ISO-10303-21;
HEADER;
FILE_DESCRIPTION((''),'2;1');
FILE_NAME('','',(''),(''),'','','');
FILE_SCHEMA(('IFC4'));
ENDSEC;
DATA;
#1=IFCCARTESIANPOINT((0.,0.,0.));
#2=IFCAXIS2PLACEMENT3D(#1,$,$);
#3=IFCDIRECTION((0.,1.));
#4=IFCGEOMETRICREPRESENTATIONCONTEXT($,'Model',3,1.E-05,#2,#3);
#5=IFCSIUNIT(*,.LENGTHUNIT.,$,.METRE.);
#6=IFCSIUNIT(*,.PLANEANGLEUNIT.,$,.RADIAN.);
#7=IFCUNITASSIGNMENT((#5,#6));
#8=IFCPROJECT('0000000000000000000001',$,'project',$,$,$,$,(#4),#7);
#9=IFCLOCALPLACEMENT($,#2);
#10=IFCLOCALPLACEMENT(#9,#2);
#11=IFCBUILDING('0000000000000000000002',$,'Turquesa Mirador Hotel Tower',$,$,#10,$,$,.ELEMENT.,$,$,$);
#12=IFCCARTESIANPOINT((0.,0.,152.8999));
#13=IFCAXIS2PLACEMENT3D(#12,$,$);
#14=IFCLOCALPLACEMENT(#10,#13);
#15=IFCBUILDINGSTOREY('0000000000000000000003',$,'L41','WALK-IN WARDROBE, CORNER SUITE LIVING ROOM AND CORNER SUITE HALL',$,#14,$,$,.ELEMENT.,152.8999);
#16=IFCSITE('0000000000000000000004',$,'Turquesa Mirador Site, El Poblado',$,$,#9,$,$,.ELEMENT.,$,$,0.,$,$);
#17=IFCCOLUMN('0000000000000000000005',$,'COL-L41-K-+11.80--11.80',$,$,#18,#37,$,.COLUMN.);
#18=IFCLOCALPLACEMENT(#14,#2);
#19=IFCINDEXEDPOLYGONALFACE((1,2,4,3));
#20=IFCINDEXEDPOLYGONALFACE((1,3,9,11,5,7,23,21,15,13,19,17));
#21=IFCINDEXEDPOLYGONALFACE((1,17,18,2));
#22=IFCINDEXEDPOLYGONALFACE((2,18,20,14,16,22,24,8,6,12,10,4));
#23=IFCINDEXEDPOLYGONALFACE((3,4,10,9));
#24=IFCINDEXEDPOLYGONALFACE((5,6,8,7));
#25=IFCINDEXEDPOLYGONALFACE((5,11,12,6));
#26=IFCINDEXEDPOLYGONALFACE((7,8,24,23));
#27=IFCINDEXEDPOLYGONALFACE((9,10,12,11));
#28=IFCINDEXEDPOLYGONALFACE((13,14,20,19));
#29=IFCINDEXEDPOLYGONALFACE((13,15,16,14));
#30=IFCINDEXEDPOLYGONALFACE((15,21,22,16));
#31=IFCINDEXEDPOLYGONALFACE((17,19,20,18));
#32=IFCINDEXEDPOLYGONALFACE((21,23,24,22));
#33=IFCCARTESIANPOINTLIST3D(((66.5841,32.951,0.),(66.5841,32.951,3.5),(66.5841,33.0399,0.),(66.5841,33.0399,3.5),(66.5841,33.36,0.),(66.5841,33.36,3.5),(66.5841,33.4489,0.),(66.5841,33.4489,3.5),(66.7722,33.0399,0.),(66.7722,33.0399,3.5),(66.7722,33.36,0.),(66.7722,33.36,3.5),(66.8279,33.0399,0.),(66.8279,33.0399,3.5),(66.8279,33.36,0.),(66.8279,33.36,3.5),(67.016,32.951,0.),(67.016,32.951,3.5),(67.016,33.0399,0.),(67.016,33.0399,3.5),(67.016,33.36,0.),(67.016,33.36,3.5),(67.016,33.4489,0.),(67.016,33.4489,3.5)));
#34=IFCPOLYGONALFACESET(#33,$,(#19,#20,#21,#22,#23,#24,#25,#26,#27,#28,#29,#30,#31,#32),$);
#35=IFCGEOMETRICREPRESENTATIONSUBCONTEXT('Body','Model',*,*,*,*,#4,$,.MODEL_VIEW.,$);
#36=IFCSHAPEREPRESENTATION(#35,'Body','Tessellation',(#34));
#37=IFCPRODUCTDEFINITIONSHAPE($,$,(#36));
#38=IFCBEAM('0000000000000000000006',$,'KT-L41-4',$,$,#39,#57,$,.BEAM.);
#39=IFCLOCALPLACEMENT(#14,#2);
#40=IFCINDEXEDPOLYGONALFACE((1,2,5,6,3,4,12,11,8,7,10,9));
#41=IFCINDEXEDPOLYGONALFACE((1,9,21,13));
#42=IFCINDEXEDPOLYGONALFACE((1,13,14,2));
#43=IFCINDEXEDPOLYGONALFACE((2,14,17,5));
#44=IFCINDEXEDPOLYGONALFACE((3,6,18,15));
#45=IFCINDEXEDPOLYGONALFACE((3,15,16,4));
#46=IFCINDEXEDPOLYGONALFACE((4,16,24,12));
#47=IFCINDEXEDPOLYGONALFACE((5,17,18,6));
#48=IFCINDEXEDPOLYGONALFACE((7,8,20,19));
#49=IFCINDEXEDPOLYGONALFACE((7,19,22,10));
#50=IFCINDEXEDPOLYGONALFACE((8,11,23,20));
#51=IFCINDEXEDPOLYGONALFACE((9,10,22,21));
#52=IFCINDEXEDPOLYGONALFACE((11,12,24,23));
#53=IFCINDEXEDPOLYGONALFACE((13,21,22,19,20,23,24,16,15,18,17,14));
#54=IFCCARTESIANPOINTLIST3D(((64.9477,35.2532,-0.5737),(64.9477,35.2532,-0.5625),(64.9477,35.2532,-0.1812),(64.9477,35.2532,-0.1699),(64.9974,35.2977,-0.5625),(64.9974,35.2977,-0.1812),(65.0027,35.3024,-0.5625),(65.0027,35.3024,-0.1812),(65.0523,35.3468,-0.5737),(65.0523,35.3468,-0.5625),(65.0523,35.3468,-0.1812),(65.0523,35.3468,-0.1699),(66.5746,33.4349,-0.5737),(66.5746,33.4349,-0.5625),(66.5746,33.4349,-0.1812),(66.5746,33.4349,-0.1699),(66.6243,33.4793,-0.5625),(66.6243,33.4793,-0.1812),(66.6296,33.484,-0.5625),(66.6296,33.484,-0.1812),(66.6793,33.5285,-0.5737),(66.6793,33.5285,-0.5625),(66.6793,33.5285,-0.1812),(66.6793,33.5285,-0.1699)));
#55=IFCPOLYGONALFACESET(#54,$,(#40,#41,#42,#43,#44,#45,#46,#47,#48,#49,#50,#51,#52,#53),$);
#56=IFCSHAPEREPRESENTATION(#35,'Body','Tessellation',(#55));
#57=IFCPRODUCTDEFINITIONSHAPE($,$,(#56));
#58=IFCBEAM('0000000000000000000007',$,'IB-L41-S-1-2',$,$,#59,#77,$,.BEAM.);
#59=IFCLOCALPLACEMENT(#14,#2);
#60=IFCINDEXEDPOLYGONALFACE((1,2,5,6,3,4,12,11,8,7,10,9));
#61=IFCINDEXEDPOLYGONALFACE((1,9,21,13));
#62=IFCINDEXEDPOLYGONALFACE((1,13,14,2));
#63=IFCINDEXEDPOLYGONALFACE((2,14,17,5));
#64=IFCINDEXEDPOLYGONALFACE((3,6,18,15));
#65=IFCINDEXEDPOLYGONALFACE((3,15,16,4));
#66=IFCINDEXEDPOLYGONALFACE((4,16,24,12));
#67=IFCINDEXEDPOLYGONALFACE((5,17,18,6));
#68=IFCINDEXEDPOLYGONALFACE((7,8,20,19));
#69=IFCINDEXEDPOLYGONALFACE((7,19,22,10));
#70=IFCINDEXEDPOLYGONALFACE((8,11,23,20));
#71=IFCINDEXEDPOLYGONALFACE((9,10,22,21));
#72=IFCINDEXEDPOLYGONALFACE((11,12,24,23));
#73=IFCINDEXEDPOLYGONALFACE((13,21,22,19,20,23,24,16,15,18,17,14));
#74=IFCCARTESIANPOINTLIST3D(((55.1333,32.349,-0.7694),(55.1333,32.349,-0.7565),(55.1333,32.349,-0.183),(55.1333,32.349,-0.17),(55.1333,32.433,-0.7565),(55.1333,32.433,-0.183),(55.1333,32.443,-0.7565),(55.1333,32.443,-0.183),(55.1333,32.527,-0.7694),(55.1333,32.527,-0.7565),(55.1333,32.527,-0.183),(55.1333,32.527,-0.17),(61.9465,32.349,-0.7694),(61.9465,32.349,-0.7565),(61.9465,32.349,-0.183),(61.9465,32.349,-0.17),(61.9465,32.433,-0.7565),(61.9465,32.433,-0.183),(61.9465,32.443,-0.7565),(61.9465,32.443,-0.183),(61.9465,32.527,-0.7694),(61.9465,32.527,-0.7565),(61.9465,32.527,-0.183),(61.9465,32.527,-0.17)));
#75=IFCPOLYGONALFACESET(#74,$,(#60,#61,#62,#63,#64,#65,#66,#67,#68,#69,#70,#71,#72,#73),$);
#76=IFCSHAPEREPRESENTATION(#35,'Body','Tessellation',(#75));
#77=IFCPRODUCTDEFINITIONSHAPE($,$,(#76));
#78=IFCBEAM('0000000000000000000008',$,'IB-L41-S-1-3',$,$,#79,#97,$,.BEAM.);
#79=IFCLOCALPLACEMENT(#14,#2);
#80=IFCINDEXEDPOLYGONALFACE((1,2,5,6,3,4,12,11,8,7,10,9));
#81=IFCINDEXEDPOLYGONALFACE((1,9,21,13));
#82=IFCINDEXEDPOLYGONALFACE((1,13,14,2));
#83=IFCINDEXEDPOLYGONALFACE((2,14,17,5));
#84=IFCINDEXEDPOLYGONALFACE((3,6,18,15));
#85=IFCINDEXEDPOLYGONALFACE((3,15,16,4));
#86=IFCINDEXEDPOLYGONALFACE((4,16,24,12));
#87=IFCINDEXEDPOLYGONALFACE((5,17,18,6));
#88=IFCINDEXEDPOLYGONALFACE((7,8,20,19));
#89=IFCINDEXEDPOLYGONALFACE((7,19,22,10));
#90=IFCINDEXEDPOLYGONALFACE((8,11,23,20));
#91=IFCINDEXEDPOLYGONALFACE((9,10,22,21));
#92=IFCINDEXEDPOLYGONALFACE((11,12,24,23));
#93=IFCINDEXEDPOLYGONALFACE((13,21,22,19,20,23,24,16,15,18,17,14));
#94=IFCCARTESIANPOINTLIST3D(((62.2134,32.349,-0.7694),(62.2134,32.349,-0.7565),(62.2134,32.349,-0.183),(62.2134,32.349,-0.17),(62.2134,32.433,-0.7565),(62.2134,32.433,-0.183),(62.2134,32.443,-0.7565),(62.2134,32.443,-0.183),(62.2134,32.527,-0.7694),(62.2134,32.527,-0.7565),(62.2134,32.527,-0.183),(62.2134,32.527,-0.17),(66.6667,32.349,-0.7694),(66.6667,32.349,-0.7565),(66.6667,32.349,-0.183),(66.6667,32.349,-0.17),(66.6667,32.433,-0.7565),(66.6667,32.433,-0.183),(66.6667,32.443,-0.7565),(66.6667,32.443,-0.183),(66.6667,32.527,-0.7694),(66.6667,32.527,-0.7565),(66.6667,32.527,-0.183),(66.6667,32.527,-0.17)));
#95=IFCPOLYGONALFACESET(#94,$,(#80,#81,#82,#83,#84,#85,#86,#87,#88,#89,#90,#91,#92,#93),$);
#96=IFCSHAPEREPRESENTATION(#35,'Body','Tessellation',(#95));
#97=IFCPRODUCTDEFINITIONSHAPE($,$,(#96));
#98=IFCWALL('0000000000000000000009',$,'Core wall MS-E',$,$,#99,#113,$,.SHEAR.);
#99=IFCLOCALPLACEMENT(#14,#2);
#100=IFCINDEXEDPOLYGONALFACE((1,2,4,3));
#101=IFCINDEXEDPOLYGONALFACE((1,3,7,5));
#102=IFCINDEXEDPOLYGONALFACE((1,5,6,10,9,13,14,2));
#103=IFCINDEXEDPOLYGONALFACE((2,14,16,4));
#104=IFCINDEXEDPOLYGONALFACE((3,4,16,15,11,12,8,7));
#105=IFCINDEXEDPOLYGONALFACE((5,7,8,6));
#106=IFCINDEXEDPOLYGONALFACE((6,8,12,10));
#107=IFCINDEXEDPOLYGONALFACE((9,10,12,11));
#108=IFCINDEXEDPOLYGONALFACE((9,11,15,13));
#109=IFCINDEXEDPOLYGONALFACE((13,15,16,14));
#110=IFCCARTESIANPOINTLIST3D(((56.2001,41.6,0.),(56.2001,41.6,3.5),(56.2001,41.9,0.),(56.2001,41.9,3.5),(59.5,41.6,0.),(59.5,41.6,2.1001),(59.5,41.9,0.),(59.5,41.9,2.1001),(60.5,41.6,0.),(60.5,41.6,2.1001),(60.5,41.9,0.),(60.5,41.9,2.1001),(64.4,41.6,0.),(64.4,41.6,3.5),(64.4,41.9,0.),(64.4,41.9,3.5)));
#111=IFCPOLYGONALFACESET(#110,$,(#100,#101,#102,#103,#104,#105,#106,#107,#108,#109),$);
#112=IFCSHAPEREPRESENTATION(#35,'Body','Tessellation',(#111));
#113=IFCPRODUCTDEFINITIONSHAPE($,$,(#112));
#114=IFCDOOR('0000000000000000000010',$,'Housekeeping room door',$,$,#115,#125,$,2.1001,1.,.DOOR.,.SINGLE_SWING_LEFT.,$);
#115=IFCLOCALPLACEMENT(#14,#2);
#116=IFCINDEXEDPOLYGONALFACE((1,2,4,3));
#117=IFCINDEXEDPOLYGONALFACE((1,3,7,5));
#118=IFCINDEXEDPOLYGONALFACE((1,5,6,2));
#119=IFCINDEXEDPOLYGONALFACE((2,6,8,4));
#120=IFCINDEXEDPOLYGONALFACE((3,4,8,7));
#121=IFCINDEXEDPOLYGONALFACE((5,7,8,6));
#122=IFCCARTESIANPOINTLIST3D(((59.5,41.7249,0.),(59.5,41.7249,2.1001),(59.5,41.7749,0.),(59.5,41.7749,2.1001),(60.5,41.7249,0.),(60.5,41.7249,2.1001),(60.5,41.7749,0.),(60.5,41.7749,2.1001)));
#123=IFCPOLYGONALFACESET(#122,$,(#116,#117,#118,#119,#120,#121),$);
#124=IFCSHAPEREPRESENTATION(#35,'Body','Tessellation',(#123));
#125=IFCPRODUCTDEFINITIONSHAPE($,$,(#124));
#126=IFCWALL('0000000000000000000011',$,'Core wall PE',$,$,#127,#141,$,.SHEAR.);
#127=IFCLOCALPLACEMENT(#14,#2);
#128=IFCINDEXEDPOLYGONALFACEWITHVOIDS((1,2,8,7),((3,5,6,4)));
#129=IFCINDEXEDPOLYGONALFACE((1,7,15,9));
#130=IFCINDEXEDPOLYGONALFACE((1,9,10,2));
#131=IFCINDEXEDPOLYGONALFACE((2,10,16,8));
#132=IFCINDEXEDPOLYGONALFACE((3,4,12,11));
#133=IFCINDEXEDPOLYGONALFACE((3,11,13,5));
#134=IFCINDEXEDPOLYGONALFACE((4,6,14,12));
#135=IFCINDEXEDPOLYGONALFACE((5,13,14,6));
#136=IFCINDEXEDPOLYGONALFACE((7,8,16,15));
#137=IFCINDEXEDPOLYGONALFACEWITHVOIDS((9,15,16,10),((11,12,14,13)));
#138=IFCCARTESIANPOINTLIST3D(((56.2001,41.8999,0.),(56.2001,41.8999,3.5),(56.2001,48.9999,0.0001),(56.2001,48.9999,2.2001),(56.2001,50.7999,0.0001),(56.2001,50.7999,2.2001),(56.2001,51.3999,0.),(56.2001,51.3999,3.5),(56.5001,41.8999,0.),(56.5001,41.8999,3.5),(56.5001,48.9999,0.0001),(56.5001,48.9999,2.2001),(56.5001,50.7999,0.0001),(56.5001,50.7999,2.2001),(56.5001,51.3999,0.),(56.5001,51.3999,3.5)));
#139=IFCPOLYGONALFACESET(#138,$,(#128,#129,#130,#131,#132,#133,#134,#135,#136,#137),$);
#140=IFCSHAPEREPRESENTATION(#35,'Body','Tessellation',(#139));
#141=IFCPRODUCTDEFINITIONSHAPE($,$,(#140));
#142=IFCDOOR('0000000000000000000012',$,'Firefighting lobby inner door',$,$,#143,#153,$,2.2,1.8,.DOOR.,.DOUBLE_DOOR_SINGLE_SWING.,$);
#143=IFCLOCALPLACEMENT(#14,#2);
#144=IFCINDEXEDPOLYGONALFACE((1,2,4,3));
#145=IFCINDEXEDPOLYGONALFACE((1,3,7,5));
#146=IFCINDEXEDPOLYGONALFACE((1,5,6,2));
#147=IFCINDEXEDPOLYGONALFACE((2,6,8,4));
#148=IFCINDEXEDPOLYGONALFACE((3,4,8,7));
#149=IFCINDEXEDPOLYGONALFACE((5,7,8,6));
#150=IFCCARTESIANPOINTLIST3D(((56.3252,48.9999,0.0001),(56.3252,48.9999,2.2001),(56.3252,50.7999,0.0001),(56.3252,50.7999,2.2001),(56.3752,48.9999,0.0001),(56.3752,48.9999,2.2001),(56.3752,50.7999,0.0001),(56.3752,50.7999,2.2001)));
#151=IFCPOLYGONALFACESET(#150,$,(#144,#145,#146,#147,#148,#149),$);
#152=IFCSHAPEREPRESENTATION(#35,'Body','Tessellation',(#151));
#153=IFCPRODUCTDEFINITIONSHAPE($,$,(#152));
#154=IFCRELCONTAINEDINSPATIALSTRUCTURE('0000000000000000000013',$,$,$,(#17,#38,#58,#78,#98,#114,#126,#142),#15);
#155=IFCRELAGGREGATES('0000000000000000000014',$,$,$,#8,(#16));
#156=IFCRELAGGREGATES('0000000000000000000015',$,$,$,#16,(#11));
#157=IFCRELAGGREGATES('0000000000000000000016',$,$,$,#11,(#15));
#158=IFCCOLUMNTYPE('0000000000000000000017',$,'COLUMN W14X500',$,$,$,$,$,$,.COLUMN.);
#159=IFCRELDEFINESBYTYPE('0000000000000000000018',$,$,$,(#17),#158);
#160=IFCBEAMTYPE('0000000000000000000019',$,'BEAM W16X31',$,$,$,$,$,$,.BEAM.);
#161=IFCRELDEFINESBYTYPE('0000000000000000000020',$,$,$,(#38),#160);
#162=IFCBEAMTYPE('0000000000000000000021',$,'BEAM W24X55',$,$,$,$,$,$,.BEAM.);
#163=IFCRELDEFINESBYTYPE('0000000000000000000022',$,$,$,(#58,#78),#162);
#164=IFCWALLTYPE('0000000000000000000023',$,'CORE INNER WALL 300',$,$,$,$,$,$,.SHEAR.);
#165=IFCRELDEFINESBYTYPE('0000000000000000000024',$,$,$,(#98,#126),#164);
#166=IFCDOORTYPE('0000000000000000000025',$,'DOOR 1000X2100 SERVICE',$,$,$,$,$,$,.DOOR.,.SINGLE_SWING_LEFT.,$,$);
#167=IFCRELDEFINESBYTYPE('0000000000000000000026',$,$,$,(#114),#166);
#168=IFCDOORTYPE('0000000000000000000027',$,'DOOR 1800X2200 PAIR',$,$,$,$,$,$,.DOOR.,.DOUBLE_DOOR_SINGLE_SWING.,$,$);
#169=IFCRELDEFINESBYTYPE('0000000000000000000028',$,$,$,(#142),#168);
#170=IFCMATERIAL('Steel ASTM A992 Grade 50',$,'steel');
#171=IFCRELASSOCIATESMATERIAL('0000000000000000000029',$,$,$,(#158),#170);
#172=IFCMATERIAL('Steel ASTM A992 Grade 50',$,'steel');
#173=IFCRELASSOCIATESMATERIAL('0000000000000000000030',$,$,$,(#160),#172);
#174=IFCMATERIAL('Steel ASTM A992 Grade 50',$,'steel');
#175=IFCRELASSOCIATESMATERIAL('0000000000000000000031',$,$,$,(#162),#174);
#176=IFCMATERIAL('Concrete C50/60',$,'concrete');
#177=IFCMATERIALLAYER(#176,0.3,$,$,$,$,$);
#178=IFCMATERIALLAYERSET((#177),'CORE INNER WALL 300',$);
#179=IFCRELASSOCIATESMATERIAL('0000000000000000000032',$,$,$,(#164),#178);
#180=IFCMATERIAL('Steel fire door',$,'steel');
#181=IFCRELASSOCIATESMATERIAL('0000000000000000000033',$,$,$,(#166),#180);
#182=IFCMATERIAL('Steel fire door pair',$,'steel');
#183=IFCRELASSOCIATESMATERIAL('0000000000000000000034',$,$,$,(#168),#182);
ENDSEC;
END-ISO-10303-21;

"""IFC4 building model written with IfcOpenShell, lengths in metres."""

from ifc_helpers import new_model, si_unit, direction, frame, frame_2d, origin, origin_2d, place, context, subcontext, project, spatial, rectangle, i_section, extrude, material, layer, layer_set, material_profile, profile_set, type_object, element, fill, save


model = new_model("IFC4")

# Units and contexts
model_context = context("Model", 3, precision=1e-05, world=origin(), true_north=direction((0.0, 1.0)))
body_context = subcontext(model_context, "Body", "Model", "MODEL_VIEW")
ifc_project = project(units=[si_unit("LENGTHUNIT", "METRE"), si_unit("PLANEANGLEUNIT", "RADIAN")], contexts=[model_context])

# Site, building, storey
site_placement = place(None, origin())
site = spatial("IfcSite", under=ifc_project, at=site_placement, Name="Turquesa Mirador Site, El Poblado", CompositionType="ELEMENT", RefElevation=0.0)
building_placement = place(site_placement, origin())
building = spatial("IfcBuilding", under=site, at=building_placement, Name="Turquesa Mirador Hotel Tower", CompositionType="ELEMENT")
storey_placement = place(building_placement, frame((0.0, 0.0, 152.8999)))
storey = spatial("IfcBuildingStorey", under=building, at=storey_placement, Name="L41", Description="WALK-IN WARDROBE, CORNER SUITE LIVING ROOM AND CORNER SUITE HALL", CompositionType="ELEMENT", Elevation=152.8999)

# Column
ifc_material_1 = material(Name="Steel ASTM A992 Grade 50", Category="steel")
ifc_material_profile_1 = material_profile(ifc_material_1, i_section(OverallWidth=0.4319, OverallDepth=0.4978, WebThickness=0.0557, FlangeThickness=0.0889, at=origin_2d()), Name="W14X500")
ifc_profile_set_1 = profile_set([ifc_material_profile_1], Name="Steel ASTM A992 Grade 50")
column_type = type_object("IfcColumnType", Name="COLUMN W14X500", PredefinedType="COLUMN", material=ifc_profile_set_1)
column_placement = place(storey_placement, frame((66.8, 33.2, 0.0), z_axis=(0.0, 0.0, 1.0), x_axis=(1.0, 0.0, 0.0)))
element("IfcColumn", 1, at=column_placement, inside=storey, type_object=column_type, Name="COL-L41-K-+11.80--11.80", PredefinedType="COLUMN", context=body_context, shape_type="SweptSolid", body=[
    extrude(i_section(OverallWidth=0.4319, OverallDepth=0.4978, WebThickness=0.0557, FlangeThickness=0.0889, at=origin_2d()), origin(), (0.0, 0.0, 1.0), 3.5),
])

# Beams
ifc_material_2 = material(Name="Steel ASTM A992 Grade 50", Category="steel")
ifc_material_profile_2 = material_profile(ifc_material_2, i_section(OverallWidth=0.1404, OverallDepth=0.4038, WebThickness=0.0071, FlangeThickness=0.0112, at=origin_2d()), Name="W16X31")
ifc_profile_set_2 = profile_set([ifc_material_profile_2], Name="Steel ASTM A992 Grade 50")
beam_type_1 = type_object("IfcBeamType", Name="BEAM W16X31", PredefinedType="BEAM", material=ifc_profile_set_2)
beam_1_placement = place(storey_placement, frame((66.627, 33.4817, -0.3718), z_axis=(-0.666795, 0.745241, 0.0), x_axis=(-0.745241, -0.666795, 0.0)))
element("IfcBeam", 2, at=beam_1_placement, inside=storey, type_object=beam_type_1, Name="KT-L41-4", PredefinedType="BEAM", context=body_context, shape_type="SweptSolid", body=[
    extrude(i_section(OverallWidth=0.1404, OverallDepth=0.4038, WebThickness=0.0071, FlangeThickness=0.0112, at=origin_2d()), origin(), (0.0, 0.0, 1.0), 2.4399),
])
ifc_material_3 = material(Name="Steel ASTM A992 Grade 50", Category="steel")
ifc_material_profile_3 = material_profile(ifc_material_3, i_section(OverallWidth=0.178, OverallDepth=0.5994, WebThickness=0.01, FlangeThickness=0.0129, at=origin_2d()), Name="W24X55")
ifc_profile_set_3 = profile_set([ifc_material_profile_3], Name="Steel ASTM A992 Grade 50")
beam_type_2 = type_object("IfcBeamType", Name="BEAM W24X55", PredefinedType="BEAM", material=ifc_profile_set_3)
beam_2_placement = place(storey_placement, frame((55.1333, 32.438, -0.4697), z_axis=(1.0, 0.0, 0.0), x_axis=(0.0, 1.0, 0.0)))
element("IfcBeam", 3, at=beam_2_placement, inside=storey, type_object=beam_type_2, Name="IB-L41-S-1-2", PredefinedType="BEAM", context=body_context, shape_type="SweptSolid", body=[
    extrude(i_section(OverallWidth=0.178, OverallDepth=0.5994, WebThickness=0.01, FlangeThickness=0.0129, at=origin_2d()), origin(), (0.0, 0.0, 1.0), 6.8132),
])
beam_3_placement = place(storey_placement, frame((62.2134, 32.438, -0.4697), z_axis=(1.0, 0.0, 0.0), x_axis=(0.0, 1.0, 0.0)))
element("IfcBeam", 4, at=beam_3_placement, inside=storey, type_object=beam_type_2, Name="IB-L41-S-1-3", PredefinedType="BEAM", context=body_context, shape_type="SweptSolid", body=[
    extrude(i_section(OverallWidth=0.178, OverallDepth=0.5994, WebThickness=0.01, FlangeThickness=0.0129, at=origin_2d()), origin(), (0.0, 0.0, 1.0), 4.4534),
])

# Walls, openings, doors
ifc_material_4 = material(Name="Concrete C50/60", Category="concrete")
ifc_layer_1 = layer(ifc_material_4, 0.3)
ifc_layer_set_1 = layer_set([ifc_layer_1], Name="CORE INNER WALL 300")
wall_type_1 = type_object("IfcWallType", Name="CORE INNER WALL 300", PredefinedType="SHEAR", material=ifc_layer_set_1)
wall_1_placement = place(storey_placement, frame((56.2, 41.75, 0.0), z_axis=(0.0, 0.0, 1.0), x_axis=(1.0, 0.0, 0.0)))
wall_1 = element("IfcWall", 5, at=wall_1_placement, inside=storey, type_object=wall_type_1, Name="Core wall MS-E", PredefinedType="SHEAR", context=body_context, shape_type="SweptSolid", body=[
    extrude(rectangle(XDim=8.2, YDim=0.3, at=frame_2d((4.1001, 0.0))), origin(), (0.0, 0.0, 1.0), 3.5),
])
opening_1_placement = place(wall_1_placement, frame((3.3, 0.0, 0.0)))
opening_1 = element("IfcOpeningElement", 6, at=opening_1_placement, cuts=wall_1, PredefinedType="OPENING", context=body_context, shape_type="SweptSolid", body=[
    extrude(rectangle(XDim=1.0, YDim=2.1001, at=frame_2d((0.5, 1.05))), frame((0.0, 0.1599, 0.0), z_axis=(0.0, -1.0, 0.0), x_axis=(1.0, 0.0, 0.0)), (0.0, 0.0, 1.0), 0.3201),
])
ifc_material_5 = material(Name="Steel fire door", Category="steel")
door_type_1 = type_object("IfcDoorType", Name="DOOR 1000X2100 SERVICE", OperationType="SINGLE_SWING_LEFT", PredefinedType="DOOR", material=ifc_material_5)
door_1_placement = place(opening_1_placement, origin())
door_1 = element("IfcDoor", 7, at=door_1_placement, inside=storey, type_object=door_type_1, Name="Housekeeping room door", OperationType="SINGLE_SWING_LEFT", OverallHeight=2.1001, OverallWidth=1.0, PredefinedType="DOOR", context=body_context, shape_type="SweptSolid", body=[
    extrude(rectangle(XDim=1.0, YDim=2.1001, at=frame_2d((0.5, 1.05))), frame((0.0, 0.0249, 0.0), z_axis=(0.0, -1.0, 0.0), x_axis=(1.0, 0.0, 0.0)), (0.0, 0.0, 1.0), 0.05),
])
fill(opening_1, door_1)
wall_2_placement = place(storey_placement, frame((56.3501, 41.8999, 0.0), z_axis=(0.0, 0.0, 1.0), x_axis=(0.0, 1.0, 0.0)))
wall_2 = element("IfcWall", 8, at=wall_2_placement, inside=storey, type_object=wall_type_1, Name="Core wall PE", PredefinedType="SHEAR", context=body_context, shape_type="SweptSolid", body=[
    extrude(rectangle(XDim=9.5, YDim=0.3, at=frame_2d((4.75, 0.0))), origin(), (0.0, 0.0, 1.0), 3.5),
])
opening_2_placement = place(wall_2_placement, frame((7.1001, 0.0, 0.0)))
opening_2 = element("IfcOpeningElement", 9, at=opening_2_placement, cuts=wall_2, PredefinedType="OPENING", context=body_context, shape_type="SweptSolid", body=[
    extrude(rectangle(XDim=1.8, YDim=2.2, at=frame_2d((0.8999, 1.1001))), frame((0.0, 0.1599, 0.0), z_axis=(0.0, -1.0, 0.0), x_axis=(1.0, 0.0, 0.0)), (0.0, 0.0, 1.0), 0.3201),
])
ifc_material_6 = material(Name="Steel fire door pair", Category="steel")
door_type_2 = type_object("IfcDoorType", Name="DOOR 1800X2200 PAIR", OperationType="DOUBLE_DOOR_SINGLE_SWING", PredefinedType="DOOR", material=ifc_material_6)
door_2_placement = place(opening_2_placement, origin())
door_2 = element("IfcDoor", 10, at=door_2_placement, inside=storey, type_object=door_type_2, Name="Firefighting lobby inner door", OperationType="DOUBLE_DOOR_SINGLE_SWING", OverallHeight=2.2, OverallWidth=1.8, PredefinedType="DOOR", context=body_context, shape_type="SweptSolid", body=[
    extrude(rectangle(XDim=1.8, YDim=2.2, at=frame_2d((0.8999, 1.1001))), frame((0.0, 0.0249, 0.0), z_axis=(0.0, -1.0, 0.0), x_axis=(1.0, 0.0, 0.0)), (0.0, 0.0, 1.0), 0.05),
])
fill(opening_2, door_2)

save(model, "model.ifc")
